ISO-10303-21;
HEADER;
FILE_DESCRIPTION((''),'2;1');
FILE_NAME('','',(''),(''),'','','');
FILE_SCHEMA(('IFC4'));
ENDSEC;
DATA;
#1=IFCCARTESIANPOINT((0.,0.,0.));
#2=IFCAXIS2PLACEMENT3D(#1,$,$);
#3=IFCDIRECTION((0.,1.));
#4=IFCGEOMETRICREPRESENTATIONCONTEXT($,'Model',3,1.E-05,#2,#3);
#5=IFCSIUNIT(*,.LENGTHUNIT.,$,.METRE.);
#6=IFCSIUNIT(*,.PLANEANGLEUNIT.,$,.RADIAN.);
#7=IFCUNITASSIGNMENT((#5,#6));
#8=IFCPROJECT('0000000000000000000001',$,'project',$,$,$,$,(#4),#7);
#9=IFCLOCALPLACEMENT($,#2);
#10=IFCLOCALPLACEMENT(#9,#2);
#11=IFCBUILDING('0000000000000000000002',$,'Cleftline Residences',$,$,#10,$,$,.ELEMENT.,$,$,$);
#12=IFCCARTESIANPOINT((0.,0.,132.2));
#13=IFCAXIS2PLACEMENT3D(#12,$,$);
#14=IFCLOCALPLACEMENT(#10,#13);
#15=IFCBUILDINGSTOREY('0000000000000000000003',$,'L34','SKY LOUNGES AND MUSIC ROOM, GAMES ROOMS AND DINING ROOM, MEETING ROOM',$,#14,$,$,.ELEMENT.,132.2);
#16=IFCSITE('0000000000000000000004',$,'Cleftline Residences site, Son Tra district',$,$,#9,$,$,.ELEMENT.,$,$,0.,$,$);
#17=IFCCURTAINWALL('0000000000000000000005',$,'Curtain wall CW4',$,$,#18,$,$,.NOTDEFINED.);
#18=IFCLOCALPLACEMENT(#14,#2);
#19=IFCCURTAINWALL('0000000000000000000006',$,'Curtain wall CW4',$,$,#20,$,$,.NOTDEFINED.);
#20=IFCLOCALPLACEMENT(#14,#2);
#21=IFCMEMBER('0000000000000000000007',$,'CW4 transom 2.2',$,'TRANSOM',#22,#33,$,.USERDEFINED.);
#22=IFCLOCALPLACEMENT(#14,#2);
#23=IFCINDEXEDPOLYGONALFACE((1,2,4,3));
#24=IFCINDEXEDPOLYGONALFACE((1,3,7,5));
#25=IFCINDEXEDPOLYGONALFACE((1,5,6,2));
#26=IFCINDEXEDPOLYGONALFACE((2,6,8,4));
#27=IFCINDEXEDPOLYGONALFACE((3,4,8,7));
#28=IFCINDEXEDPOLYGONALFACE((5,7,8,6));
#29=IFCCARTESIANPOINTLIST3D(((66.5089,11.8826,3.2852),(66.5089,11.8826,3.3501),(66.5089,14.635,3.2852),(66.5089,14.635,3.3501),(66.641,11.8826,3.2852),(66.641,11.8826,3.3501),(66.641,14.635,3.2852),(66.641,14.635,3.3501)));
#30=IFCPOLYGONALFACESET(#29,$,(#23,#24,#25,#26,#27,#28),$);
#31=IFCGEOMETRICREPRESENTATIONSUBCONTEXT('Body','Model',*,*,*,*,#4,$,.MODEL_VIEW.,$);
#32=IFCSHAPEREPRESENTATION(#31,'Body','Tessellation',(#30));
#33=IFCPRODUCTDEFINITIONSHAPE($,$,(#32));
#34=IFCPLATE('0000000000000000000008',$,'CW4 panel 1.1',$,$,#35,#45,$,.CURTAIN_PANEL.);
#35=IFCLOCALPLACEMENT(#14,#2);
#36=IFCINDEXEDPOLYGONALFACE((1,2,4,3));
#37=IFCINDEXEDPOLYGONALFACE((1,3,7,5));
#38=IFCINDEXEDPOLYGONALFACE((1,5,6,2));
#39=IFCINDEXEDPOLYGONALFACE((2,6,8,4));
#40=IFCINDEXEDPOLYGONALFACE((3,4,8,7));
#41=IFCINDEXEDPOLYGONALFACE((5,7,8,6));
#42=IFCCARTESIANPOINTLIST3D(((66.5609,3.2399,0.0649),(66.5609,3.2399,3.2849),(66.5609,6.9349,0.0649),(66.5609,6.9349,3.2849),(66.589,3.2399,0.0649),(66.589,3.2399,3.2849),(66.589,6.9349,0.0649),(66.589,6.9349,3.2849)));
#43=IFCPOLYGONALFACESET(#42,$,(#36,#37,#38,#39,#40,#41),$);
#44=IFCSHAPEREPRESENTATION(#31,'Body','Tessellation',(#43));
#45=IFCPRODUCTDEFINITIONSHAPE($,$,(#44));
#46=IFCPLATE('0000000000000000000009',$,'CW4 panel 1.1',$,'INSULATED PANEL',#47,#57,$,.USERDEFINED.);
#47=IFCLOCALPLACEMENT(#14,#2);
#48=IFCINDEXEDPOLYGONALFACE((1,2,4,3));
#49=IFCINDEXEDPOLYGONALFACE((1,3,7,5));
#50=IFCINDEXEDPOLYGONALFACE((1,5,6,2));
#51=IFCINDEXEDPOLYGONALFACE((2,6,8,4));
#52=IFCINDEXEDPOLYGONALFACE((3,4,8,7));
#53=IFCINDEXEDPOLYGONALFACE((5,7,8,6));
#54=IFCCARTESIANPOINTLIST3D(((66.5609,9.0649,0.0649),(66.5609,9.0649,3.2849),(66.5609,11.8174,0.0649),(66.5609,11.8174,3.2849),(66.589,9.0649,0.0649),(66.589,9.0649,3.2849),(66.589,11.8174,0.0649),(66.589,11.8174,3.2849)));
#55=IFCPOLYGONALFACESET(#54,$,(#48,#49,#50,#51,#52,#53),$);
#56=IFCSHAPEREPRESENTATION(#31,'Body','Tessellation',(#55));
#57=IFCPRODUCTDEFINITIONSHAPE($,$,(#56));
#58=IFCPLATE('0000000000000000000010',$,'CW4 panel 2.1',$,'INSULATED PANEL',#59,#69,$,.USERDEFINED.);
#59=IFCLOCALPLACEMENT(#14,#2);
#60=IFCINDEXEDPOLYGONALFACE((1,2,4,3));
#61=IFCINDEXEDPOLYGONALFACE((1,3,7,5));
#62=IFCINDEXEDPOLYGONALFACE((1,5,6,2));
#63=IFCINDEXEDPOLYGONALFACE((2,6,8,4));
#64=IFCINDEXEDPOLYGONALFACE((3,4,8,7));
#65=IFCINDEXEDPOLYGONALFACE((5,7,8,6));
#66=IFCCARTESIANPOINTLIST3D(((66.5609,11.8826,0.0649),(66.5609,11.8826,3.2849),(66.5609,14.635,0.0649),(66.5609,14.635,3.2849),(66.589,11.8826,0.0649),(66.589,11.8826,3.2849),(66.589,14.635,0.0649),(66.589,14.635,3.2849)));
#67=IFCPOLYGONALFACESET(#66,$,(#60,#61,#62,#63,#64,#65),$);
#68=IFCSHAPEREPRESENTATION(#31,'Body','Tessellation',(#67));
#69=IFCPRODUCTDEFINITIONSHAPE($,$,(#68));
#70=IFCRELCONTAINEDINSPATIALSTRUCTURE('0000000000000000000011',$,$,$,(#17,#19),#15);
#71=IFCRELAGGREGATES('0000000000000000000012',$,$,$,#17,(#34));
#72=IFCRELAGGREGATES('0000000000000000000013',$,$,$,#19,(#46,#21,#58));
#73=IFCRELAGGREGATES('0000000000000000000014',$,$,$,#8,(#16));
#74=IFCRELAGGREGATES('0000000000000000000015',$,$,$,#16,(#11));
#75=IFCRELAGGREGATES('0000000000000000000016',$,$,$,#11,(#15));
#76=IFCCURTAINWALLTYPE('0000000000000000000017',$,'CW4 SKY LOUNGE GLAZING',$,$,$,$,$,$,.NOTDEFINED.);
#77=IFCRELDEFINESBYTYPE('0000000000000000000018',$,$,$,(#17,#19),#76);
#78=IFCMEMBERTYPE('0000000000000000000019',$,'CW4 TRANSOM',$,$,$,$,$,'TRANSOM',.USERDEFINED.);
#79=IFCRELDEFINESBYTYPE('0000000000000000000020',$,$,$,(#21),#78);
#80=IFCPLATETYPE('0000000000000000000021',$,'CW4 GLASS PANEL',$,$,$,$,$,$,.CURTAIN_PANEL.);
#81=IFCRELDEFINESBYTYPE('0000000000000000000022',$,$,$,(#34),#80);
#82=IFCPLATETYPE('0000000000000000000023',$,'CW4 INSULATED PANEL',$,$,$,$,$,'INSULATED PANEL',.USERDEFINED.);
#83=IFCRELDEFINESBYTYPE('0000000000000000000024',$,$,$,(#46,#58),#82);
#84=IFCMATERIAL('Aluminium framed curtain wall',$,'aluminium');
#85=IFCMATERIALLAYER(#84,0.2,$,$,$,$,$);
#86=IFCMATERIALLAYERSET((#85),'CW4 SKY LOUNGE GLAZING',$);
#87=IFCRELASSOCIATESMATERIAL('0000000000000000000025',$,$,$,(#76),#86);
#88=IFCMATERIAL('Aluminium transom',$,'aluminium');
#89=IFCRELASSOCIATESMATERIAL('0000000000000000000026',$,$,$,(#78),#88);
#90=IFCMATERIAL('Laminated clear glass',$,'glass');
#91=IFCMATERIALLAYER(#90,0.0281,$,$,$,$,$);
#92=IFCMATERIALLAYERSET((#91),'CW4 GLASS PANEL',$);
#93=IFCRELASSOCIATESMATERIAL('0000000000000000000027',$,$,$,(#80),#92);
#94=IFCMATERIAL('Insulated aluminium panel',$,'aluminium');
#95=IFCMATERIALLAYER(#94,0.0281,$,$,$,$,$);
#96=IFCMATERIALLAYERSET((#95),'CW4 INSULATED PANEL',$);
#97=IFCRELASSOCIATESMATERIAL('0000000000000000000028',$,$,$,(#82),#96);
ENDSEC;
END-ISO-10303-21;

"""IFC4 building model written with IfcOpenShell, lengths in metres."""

from ifc_helpers import new_model, si_unit, direction, frame, origin, origin_2d, place, context, subcontext, project, spatial, rectangle, extrude, material, layer, layer_set, material_profile, profile_set, type_object, element, aggregate, save


model = new_model("IFC4")

# Units and contexts
model_context = context("Model", 3, precision=1e-05, world=origin(), true_north=direction((0.0, 1.0)))
body_context = subcontext(model_context, "Body", "Model", "MODEL_VIEW")
ifc_project = project(units=[si_unit("LENGTHUNIT", "METRE"), si_unit("PLANEANGLEUNIT", "RADIAN")], contexts=[model_context])

# Site, building, storey
site_placement = place(None, origin())
site = spatial("IfcSite", under=ifc_project, at=site_placement, Name="Cleftline Residences site, Son Tra district", CompositionType="ELEMENT", RefElevation=0.0)
building_placement = place(site_placement, origin())
building = spatial("IfcBuilding", under=site, at=building_placement, Name="Cleftline Residences", CompositionType="ELEMENT")
storey_placement = place(building_placement, frame((0.0, 0.0, 132.2)))
storey = spatial("IfcBuildingStorey", under=building, at=storey_placement, Name="L34", Description="SKY LOUNGES AND MUSIC ROOM, GAMES ROOMS AND DINING ROOM, MEETING ROOM", CompositionType="ELEMENT", Elevation=132.2)

# Curtain walls
ifc_material_1 = material(Name="Aluminium framed curtain wall", Category="aluminium")
ifc_layer_1 = layer(ifc_material_1, 0.2)
ifc_layer_set_1 = layer_set([ifc_layer_1], Name="CW4 SKY LOUNGE GLAZING")
curtain_wall_type = type_object("IfcCurtainWallType", Name="CW4 SKY LOUNGE GLAZING", PredefinedType="NOTDEFINED", material=ifc_layer_set_1)
curtain_wall_1_placement = place(storey_placement, origin())
curtain_wall_1 = element("IfcCurtainWall", 1, at=curtain_wall_1_placement, inside=storey, type_object=curtain_wall_type, Name="Curtain wall CW4", PredefinedType="NOTDEFINED")
curtain_wall_2_placement = place(storey_placement, origin())
curtain_wall_2 = element("IfcCurtainWall", 2, at=curtain_wall_2_placement, inside=storey, type_object=curtain_wall_type, Name="Curtain wall CW4", PredefinedType="NOTDEFINED")

# Member
ifc_material_2 = material(Name="Aluminium transom", Category="aluminium")
ifc_material_profile_1 = material_profile(ifc_material_2, rectangle(XDim=0.1321, YDim=0.0649, at=origin_2d()))
ifc_profile_set_1 = profile_set([ifc_material_profile_1], Name="Aluminium transom")
member_type_1 = type_object("IfcMemberType", Name="CW4 TRANSOM", ElementType="TRANSOM", PredefinedType="USERDEFINED", material=ifc_profile_set_1)
member_1_placement = place(storey_placement, frame((66.575, 11.8826, 3.3176), z_axis=(0.0, 1.0, 0.0), x_axis=(-1.0, 0.0, 0.0)))
member_1 = element("IfcMember", 3, at=member_1_placement, type_object=member_type_1, Name="CW4 transom 2.2", ObjectType="TRANSOM", PredefinedType="USERDEFINED", context=body_context, shape_type="SweptSolid", body=[
    extrude(rectangle(XDim=0.1321, YDim=0.0649, at=origin_2d()), origin(), (0.0, 0.0, 1.0), 2.7524),
])

# Plates
ifc_material_3 = material(Name="Laminated clear glass", Category="glass")
ifc_layer_2 = layer(ifc_material_3, 0.0281)
ifc_layer_set_2 = layer_set([ifc_layer_2], Name="CW4 GLASS PANEL")
plate_type_1 = type_object("IfcPlateType", Name="CW4 GLASS PANEL", PredefinedType="CURTAIN_PANEL", material=ifc_layer_set_2)
plate_1_placement = place(storey_placement, frame((66.575, 5.0874, 0.0649), z_axis=(0.0, 0.0, 1.0), x_axis=(0.0, 1.0, 0.0)))
plate_1 = element("IfcPlate", 4, at=plate_1_placement, type_object=plate_type_1, Name="CW4 panel 1.1", PredefinedType="CURTAIN_PANEL", context=body_context, shape_type="SweptSolid", body=[
    extrude(rectangle(XDim=3.6951, YDim=0.0281, at=origin_2d()), origin(), (0.0, 0.0, 1.0), 3.22),
])
aggregate(curtain_wall_1, [plate_1])
ifc_material_4 = material(Name="Insulated aluminium panel", Category="aluminium")
ifc_layer_3 = layer(ifc_material_4, 0.0281)
ifc_layer_set_3 = layer_set([ifc_layer_3], Name="CW4 INSULATED PANEL")
plate_type_2 = type_object("IfcPlateType", Name="CW4 INSULATED PANEL", ElementType="INSULATED PANEL", PredefinedType="USERDEFINED", material=ifc_layer_set_3)
plate_2_placement = place(storey_placement, frame((66.575, 10.4412, 0.0649), z_axis=(0.0, 0.0, 1.0), x_axis=(0.0, 1.0, 0.0)))
plate_2 = element("IfcPlate", 5, at=plate_2_placement, type_object=plate_type_2, Name="CW4 panel 1.1", ObjectType="INSULATED PANEL", PredefinedType="USERDEFINED", context=body_context, shape_type="SweptSolid", body=[
    extrude(rectangle(XDim=2.7524, YDim=0.0281, at=origin_2d()), origin(), (0.0, 0.0, 1.0), 3.22),
])
plate_3_placement = place(storey_placement, frame((66.575, 13.2588, 0.0649), z_axis=(0.0, 0.0, 1.0), x_axis=(0.0, 1.0, 0.0)))
plate_3 = element("IfcPlate", 6, at=plate_3_placement, type_object=plate_type_2, Name="CW4 panel 2.1", ObjectType="INSULATED PANEL", PredefinedType="USERDEFINED", context=body_context, shape_type="SweptSolid", body=[
    extrude(rectangle(XDim=2.7524, YDim=0.0281, at=origin_2d()), origin(), (0.0, 0.0, 1.0), 3.22),
])
aggregate(curtain_wall_2, [plate_2, member_1, plate_3])

save(model, "model.ifc")
